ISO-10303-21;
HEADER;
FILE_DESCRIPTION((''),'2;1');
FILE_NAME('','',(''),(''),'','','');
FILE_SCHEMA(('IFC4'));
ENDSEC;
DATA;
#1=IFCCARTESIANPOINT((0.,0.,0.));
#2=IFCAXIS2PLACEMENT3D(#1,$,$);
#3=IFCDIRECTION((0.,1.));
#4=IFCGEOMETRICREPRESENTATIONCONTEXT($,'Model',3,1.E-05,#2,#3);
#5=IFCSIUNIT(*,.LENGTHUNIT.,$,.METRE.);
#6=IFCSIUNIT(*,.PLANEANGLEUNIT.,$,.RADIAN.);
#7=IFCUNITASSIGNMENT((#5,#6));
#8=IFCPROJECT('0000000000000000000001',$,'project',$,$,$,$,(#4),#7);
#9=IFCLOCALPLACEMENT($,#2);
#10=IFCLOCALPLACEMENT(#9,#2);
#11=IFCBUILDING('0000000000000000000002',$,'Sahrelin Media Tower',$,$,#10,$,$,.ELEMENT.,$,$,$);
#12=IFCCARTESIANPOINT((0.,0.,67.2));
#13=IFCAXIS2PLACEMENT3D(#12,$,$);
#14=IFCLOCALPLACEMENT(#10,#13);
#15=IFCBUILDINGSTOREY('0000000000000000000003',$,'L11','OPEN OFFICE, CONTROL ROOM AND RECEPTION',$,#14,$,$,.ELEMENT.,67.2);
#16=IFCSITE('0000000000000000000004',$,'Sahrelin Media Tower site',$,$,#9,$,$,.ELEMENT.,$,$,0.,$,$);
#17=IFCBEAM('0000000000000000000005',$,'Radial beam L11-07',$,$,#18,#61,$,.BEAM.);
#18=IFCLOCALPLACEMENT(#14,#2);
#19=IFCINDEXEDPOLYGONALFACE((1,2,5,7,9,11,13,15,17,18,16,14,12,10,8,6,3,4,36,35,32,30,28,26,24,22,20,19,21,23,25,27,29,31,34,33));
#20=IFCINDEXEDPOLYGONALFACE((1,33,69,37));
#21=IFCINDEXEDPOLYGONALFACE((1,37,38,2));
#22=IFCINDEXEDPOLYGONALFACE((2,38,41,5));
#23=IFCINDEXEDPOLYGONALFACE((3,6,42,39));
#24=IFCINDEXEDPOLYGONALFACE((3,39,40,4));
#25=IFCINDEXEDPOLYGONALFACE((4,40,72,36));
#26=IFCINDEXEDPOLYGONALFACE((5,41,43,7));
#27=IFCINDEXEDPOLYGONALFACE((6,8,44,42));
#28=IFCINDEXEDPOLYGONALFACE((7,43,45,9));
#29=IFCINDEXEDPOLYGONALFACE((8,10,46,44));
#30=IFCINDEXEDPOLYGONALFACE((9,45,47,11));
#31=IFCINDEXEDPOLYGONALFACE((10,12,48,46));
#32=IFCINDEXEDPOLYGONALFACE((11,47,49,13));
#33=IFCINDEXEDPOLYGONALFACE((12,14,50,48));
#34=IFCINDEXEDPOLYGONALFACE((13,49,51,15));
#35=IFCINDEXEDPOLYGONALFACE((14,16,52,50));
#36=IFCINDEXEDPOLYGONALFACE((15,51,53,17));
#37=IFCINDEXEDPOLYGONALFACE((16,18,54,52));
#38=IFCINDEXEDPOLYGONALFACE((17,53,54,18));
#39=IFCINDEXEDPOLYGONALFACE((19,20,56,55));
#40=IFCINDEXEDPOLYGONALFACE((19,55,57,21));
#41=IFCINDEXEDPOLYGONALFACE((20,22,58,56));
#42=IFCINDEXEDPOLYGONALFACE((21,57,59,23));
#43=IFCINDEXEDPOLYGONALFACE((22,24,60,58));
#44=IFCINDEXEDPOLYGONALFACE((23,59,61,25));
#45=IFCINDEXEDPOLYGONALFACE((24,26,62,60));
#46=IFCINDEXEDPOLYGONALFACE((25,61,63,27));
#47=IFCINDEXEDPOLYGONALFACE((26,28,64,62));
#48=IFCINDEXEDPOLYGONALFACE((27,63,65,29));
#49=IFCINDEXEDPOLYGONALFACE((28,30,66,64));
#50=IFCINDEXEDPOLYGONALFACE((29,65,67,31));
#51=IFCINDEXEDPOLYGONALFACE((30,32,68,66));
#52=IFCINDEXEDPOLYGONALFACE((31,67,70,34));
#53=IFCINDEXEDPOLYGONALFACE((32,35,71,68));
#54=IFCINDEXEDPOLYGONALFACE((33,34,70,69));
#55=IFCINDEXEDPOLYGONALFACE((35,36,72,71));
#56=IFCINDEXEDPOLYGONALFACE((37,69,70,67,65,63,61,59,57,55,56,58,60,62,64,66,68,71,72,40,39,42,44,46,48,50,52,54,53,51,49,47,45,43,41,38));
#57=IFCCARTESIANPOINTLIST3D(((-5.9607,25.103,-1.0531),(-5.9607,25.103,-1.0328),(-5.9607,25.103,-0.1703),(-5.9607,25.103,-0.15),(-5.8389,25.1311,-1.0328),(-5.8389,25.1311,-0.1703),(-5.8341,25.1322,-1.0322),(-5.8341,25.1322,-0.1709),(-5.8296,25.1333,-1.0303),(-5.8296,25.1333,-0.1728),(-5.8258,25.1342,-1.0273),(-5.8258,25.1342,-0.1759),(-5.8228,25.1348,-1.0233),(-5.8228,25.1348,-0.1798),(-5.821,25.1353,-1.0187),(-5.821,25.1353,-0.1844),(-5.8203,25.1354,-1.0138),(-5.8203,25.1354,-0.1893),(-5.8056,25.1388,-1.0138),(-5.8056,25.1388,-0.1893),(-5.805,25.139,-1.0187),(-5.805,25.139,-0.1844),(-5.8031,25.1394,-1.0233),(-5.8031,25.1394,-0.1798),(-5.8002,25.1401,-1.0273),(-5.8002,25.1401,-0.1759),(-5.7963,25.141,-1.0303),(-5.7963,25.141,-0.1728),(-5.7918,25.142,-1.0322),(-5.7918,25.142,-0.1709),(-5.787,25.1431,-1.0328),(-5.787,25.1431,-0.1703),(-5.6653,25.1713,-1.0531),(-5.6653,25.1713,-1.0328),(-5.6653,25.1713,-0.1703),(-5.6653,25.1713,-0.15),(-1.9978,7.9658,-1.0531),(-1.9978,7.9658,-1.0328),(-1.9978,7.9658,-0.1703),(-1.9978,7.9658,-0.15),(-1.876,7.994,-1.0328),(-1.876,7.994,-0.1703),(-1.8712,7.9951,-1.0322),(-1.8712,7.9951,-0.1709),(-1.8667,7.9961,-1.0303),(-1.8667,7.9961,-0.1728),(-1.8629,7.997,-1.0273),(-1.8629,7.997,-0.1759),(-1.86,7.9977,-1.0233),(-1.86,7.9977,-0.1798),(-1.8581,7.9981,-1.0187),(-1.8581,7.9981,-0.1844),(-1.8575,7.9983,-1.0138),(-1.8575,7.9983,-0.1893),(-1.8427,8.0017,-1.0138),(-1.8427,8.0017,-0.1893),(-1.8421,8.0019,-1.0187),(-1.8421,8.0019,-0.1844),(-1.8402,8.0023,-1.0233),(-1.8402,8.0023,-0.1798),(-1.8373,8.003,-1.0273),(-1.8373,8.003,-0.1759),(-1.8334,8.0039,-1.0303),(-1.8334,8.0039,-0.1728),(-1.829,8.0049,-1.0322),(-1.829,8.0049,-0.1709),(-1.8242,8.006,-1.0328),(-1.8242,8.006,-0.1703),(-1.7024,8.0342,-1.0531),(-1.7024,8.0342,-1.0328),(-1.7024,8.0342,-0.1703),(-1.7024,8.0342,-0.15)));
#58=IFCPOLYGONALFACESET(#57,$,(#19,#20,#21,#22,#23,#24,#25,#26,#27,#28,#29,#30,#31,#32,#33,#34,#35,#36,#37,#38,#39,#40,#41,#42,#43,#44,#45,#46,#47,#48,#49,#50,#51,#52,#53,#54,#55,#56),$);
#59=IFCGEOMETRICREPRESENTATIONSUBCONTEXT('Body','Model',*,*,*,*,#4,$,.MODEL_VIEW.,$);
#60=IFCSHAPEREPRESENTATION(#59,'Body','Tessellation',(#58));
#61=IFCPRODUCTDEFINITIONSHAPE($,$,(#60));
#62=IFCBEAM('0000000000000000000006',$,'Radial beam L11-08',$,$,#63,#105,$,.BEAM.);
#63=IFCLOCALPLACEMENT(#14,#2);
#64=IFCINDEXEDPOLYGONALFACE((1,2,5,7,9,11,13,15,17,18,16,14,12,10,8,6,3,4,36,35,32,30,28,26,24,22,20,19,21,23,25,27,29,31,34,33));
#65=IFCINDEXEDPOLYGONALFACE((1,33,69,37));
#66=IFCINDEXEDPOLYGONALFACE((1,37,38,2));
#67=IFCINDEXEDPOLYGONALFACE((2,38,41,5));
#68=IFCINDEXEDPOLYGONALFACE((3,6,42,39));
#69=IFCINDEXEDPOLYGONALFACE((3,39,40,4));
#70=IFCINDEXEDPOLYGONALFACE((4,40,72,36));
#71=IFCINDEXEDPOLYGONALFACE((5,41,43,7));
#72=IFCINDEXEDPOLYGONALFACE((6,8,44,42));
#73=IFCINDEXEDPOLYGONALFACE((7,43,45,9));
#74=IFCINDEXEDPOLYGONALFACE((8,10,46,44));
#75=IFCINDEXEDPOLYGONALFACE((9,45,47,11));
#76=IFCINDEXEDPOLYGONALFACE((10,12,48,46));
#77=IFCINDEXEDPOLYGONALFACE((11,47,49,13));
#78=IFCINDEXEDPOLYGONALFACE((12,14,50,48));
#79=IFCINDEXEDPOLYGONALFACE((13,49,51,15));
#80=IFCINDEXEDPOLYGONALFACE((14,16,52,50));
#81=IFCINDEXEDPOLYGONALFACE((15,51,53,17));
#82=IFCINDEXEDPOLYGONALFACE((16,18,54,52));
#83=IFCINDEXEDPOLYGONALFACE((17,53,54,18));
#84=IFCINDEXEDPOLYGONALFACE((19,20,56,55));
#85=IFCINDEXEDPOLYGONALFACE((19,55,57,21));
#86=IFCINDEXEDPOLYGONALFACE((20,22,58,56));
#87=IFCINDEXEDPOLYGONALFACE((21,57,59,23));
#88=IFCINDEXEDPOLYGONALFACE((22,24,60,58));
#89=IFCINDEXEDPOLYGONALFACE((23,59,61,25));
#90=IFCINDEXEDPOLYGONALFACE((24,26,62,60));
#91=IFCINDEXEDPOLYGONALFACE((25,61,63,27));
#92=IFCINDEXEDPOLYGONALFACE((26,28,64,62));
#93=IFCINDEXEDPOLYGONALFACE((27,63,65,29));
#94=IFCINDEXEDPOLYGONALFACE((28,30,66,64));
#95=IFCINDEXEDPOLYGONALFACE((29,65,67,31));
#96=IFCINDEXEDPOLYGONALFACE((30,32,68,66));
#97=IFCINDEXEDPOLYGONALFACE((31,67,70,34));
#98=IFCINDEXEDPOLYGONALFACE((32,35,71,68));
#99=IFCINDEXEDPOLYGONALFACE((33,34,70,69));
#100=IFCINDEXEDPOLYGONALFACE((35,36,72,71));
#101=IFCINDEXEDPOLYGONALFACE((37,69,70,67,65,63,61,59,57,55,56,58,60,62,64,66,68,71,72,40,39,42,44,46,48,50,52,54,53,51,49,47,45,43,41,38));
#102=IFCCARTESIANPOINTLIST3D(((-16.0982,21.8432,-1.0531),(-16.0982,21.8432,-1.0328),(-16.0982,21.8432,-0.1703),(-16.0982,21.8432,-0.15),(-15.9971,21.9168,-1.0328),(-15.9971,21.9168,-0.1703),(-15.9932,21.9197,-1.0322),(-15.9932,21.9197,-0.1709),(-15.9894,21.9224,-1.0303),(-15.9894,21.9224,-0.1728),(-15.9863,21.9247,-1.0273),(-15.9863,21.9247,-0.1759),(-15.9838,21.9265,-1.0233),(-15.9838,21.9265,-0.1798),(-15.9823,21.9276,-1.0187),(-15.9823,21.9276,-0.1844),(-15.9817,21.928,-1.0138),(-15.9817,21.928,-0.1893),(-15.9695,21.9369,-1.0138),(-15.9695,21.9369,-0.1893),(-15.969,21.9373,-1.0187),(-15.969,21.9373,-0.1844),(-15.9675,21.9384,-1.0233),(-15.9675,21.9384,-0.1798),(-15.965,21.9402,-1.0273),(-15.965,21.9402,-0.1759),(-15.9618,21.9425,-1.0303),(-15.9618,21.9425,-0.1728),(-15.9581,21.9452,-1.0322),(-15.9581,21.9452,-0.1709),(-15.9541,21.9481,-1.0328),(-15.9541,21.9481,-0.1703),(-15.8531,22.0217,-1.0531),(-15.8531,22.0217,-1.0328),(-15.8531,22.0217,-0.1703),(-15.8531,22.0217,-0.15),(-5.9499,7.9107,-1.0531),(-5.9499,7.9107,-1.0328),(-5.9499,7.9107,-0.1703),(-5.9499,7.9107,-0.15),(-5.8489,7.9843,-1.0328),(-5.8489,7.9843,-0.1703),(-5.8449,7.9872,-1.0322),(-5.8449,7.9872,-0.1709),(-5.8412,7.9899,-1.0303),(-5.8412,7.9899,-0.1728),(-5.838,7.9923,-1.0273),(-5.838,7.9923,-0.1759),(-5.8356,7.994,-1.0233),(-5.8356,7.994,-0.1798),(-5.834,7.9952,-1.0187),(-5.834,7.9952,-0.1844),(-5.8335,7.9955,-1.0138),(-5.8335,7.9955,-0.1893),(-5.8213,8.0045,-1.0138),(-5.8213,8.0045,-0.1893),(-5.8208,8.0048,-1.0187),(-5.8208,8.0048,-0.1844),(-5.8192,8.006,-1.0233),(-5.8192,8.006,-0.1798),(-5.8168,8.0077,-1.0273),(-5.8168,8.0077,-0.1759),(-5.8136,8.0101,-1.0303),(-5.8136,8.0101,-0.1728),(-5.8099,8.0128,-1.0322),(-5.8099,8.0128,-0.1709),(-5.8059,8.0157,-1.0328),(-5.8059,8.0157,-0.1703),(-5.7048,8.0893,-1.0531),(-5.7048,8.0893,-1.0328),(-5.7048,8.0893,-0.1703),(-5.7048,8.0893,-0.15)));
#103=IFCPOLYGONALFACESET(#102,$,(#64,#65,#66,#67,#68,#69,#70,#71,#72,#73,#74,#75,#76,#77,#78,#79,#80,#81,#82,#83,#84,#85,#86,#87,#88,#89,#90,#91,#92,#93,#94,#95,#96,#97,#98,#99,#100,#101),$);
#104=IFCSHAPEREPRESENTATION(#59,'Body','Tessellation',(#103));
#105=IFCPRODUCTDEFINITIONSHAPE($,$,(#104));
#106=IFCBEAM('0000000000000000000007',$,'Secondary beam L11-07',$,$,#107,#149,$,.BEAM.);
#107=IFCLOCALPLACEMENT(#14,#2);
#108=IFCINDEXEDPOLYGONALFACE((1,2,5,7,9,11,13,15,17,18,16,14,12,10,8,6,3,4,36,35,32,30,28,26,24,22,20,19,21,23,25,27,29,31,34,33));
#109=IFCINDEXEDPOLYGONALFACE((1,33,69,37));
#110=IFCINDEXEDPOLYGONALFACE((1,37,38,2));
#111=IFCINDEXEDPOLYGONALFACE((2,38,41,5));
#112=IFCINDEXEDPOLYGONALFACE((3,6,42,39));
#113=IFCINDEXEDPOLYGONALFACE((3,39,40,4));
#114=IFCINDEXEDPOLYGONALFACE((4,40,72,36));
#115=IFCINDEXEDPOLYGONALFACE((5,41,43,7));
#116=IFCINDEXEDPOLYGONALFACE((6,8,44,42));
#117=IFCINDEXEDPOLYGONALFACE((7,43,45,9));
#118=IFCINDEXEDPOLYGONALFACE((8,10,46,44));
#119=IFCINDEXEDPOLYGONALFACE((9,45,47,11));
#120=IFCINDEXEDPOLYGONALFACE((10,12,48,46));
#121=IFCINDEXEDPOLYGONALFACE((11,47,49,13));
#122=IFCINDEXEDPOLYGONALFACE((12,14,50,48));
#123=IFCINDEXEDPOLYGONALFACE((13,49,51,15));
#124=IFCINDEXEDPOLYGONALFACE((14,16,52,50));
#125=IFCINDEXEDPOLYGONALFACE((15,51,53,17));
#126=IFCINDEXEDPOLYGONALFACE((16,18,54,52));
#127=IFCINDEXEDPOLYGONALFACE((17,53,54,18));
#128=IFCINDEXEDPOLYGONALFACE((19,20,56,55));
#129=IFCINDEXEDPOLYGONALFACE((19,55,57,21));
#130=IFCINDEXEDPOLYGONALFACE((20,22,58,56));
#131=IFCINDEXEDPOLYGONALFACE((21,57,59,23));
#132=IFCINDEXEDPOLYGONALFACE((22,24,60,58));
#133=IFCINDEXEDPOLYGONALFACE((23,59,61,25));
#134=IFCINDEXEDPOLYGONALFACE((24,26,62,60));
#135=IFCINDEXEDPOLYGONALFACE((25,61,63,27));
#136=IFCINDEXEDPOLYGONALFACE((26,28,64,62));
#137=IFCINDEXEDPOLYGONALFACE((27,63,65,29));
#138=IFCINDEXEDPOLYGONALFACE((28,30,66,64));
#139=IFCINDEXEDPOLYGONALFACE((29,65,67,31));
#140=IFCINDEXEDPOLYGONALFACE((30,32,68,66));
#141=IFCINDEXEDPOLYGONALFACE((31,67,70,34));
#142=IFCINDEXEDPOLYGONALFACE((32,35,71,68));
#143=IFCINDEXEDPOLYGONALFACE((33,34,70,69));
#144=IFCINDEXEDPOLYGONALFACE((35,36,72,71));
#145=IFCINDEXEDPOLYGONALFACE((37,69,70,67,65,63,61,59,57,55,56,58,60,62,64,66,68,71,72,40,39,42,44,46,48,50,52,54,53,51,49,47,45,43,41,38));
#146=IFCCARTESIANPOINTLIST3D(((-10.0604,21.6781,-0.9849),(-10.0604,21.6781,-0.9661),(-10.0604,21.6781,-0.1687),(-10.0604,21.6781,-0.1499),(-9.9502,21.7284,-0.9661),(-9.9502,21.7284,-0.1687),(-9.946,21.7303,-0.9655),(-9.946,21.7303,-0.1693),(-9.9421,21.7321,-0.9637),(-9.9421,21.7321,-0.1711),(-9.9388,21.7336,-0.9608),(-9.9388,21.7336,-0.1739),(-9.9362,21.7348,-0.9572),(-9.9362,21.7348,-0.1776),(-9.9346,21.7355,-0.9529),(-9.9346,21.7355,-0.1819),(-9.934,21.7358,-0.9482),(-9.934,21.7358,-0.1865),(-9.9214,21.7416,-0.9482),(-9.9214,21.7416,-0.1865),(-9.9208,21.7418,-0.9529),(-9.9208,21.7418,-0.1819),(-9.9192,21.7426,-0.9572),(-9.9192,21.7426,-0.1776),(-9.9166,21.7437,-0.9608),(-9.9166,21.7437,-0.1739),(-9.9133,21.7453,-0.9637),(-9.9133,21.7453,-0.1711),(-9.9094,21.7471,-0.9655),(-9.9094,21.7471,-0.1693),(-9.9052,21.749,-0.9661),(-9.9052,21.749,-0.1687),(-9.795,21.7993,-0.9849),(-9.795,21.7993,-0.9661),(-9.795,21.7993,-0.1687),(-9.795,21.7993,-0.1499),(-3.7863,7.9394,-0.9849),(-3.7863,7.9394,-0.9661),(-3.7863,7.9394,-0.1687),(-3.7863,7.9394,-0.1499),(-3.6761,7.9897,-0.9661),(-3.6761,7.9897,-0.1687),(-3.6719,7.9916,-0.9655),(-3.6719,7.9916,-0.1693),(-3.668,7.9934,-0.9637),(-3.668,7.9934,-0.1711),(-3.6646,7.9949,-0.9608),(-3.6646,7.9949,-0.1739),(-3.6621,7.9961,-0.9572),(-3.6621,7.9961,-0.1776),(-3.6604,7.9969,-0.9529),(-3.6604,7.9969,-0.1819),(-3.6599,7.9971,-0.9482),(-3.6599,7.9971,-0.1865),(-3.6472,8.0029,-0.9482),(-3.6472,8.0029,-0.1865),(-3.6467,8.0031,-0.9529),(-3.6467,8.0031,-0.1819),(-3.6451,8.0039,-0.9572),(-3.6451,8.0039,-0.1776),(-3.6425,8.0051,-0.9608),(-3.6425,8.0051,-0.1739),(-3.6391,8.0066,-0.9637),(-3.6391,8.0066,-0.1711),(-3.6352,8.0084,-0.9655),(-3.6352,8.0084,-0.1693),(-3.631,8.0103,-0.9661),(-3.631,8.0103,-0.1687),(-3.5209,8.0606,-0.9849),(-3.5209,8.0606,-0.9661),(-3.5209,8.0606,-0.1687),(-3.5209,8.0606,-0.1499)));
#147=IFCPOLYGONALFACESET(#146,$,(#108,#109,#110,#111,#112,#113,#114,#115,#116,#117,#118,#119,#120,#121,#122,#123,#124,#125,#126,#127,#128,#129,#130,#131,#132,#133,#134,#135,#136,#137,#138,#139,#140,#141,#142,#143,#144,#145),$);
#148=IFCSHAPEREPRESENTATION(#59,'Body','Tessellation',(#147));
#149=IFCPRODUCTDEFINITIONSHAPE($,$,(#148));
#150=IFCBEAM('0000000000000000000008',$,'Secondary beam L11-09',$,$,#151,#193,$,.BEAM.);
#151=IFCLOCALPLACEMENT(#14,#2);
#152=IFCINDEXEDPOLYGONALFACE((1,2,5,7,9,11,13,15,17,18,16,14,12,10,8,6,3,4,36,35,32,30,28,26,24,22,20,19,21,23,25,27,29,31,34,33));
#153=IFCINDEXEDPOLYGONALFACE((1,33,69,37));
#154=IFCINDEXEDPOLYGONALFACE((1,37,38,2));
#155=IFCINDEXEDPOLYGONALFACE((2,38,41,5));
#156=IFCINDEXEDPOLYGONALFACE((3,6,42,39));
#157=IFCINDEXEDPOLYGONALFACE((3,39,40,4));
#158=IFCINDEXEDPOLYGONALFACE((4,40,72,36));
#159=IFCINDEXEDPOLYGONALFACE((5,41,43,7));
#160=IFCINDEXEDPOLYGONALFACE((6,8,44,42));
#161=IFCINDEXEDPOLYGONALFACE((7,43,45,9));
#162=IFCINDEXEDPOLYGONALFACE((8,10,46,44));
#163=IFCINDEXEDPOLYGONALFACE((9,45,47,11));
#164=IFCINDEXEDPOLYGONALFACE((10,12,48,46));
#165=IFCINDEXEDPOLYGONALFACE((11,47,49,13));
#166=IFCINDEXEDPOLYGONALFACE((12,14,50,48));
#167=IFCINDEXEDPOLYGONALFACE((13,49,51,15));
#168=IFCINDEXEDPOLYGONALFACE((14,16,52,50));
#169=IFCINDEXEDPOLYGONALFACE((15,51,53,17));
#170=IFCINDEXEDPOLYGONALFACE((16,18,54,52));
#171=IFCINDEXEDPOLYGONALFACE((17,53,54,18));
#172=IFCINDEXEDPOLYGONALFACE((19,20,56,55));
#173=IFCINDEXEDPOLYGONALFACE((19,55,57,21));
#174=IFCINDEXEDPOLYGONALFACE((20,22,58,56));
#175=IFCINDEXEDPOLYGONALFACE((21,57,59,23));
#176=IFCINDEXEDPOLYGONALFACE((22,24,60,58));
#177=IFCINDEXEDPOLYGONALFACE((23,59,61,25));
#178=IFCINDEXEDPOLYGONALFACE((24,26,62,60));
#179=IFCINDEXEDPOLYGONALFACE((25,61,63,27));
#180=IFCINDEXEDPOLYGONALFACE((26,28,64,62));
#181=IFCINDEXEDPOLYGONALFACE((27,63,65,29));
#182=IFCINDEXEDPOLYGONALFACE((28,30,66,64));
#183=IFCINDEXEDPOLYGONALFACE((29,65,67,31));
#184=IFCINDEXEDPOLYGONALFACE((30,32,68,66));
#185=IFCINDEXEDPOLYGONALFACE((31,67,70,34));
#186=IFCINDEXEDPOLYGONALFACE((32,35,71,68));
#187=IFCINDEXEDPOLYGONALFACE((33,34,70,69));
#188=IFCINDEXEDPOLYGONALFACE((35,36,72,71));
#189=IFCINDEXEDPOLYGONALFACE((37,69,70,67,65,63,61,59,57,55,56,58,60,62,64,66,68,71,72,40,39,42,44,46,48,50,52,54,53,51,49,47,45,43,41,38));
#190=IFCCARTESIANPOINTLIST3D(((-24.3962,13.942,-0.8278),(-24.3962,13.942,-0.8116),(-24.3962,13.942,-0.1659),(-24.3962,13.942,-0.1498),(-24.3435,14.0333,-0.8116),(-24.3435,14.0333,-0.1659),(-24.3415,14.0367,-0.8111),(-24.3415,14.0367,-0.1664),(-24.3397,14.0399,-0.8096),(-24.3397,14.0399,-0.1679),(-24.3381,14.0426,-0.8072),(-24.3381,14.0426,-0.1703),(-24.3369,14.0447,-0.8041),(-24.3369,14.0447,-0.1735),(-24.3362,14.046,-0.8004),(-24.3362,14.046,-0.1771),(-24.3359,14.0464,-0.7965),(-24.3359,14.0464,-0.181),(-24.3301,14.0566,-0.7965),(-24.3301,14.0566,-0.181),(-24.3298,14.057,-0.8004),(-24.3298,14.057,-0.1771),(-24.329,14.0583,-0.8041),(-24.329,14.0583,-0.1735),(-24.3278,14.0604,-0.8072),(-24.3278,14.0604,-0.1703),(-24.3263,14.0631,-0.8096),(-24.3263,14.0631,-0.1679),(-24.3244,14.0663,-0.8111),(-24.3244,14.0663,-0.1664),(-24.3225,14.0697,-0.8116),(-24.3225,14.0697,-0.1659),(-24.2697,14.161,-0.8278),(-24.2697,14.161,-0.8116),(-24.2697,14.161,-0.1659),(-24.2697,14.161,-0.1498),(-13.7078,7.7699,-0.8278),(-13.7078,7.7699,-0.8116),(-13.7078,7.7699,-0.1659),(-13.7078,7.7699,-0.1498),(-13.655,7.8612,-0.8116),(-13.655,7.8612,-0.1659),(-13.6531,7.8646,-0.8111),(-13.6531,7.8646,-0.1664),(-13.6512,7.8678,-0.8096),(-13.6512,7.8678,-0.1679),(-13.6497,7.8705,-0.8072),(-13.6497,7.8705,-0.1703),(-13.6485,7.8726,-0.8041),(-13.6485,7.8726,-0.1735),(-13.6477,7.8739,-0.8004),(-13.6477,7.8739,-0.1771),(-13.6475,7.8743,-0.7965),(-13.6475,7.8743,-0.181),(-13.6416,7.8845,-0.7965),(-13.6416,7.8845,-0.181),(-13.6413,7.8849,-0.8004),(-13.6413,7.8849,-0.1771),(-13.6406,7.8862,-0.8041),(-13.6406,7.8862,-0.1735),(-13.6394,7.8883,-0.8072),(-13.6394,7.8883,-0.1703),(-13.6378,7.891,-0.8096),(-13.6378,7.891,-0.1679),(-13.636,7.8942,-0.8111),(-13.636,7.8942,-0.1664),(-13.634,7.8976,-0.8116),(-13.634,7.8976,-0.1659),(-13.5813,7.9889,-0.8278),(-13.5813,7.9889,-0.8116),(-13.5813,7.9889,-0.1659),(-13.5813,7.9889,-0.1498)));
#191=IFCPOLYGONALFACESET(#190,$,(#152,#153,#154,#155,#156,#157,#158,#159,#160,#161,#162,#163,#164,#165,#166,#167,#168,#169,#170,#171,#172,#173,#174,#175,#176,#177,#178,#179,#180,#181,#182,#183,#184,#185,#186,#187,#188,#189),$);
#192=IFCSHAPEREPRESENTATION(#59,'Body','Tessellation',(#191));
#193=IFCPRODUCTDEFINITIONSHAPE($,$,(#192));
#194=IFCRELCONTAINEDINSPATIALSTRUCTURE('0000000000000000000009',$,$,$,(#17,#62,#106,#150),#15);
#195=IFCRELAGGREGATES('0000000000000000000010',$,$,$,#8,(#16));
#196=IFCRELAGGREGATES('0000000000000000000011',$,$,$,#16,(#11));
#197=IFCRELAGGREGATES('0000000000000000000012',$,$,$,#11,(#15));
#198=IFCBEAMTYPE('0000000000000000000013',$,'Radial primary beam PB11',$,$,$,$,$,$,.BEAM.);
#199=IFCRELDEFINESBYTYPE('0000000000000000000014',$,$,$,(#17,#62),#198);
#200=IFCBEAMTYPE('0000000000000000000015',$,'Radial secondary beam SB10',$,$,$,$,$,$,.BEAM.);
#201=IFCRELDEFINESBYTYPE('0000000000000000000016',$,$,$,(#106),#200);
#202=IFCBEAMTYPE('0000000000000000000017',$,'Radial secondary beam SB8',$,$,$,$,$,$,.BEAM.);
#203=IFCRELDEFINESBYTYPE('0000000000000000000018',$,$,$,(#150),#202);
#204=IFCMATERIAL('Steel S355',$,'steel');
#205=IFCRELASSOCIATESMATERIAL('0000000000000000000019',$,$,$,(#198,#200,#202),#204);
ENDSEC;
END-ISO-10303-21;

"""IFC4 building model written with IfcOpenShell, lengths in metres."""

from ifc_helpers import new_model, si_unit, direction, frame, origin, origin_2d, place, context, subcontext, project, spatial, i_section, extrude, material, material_profile, profile_set, type_object, element, save


model = new_model("IFC4")

# Units and contexts
model_context = context("Model", 3, precision=1e-05, world=origin(), true_north=direction((0.0, 1.0)))
body_context = subcontext(model_context, "Body", "Model", "MODEL_VIEW")
ifc_project = project(units=[si_unit("LENGTHUNIT", "METRE"), si_unit("PLANEANGLEUNIT", "RADIAN")], contexts=[model_context])

# Site, building, storey
site_placement = place(None, origin())
site = spatial("IfcSite", under=ifc_project, at=site_placement, Name="Sahrelin Media Tower site", CompositionType="ELEMENT", RefElevation=0.0)
building_placement = place(site_placement, origin())
building = spatial("IfcBuilding", under=site, at=building_placement, Name="Sahrelin Media Tower", CompositionType="ELEMENT")
storey_placement = place(building_placement, frame((0.0, 0.0, 67.2)))
storey = spatial("IfcBuildingStorey", under=building, at=storey_placement, Name="L11", Description="OPEN OFFICE, CONTROL ROOM AND RECEPTION", CompositionType="ELEMENT", Elevation=67.2)

# Shared definitions
ifc_material_1 = material(Name="Steel S355", Category="steel")

# Beams
ifc_material_profile_1 = material_profile(ifc_material_1, i_section(OverallWidth=0.3032, OverallDepth=0.9031, WebThickness=0.0151, FlangeThickness=0.0203, FilletRadius=0.019, at=origin_2d()), Name="UB 914x305x201")
ifc_profile_set_1 = profile_set([ifc_material_profile_1], Name="Steel S355")
beam_type_1 = type_object("IfcBeamType", Name="Radial primary beam PB11", PredefinedType="BEAM", material=ifc_profile_set_1)
beam_1_placement = place(storey_placement, frame((-1.8501, 8.0, -0.6016), z_axis=(-0.225299, 0.97429, 0.0), x_axis=(-0.97429, -0.225299, 0.0)))
element("IfcBeam", 1, at=beam_1_placement, inside=storey, type_object=beam_type_1, Name="Radial beam L11-07", PredefinedType="BEAM", context=body_context, shape_type="SweptSolid", body=[
    extrude(i_section(OverallWidth=0.3032, OverallDepth=0.9031, WebThickness=0.0151, FlangeThickness=0.0203, FilletRadius=0.019, at=origin_2d()), origin(), (0.0, 0.0, 1.0), 17.5894),
])
beam_2_placement = place(storey_placement, frame((-5.8274, 8.0, -0.6016), z_axis=(-0.588762, 0.808307, 0.0), x_axis=(-0.808307, -0.588762, 0.0)))
element("IfcBeam", 2, at=beam_2_placement, inside=storey, type_object=beam_type_1, Name="Radial beam L11-08", PredefinedType="BEAM", context=body_context, shape_type="SweptSolid", body=[
    extrude(i_section(OverallWidth=0.3032, OverallDepth=0.9031, WebThickness=0.0151, FlangeThickness=0.0203, FilletRadius=0.019, at=origin_2d()), origin(), (0.0, 0.0, 1.0), 17.2366),
])
ifc_material_profile_2 = material_profile(ifc_material_1, i_section(OverallWidth=0.2917, OverallDepth=0.835, WebThickness=0.0139, FlangeThickness=0.0188, FilletRadius=0.0178, at=origin_2d()), Name="UB 838x292x176")
ifc_profile_set_2 = profile_set([ifc_material_profile_2], Name="Steel S355")
beam_type_2 = type_object("IfcBeamType", Name="Radial secondary beam SB10", PredefinedType="BEAM", material=ifc_profile_set_2)
beam_3_placement = place(storey_placement, frame((-3.6536, 8.0, -0.5674), z_axis=(-0.415409, 0.909635, 0.0), x_axis=(-0.909635, -0.415409, 0.0)))
element("IfcBeam", 3, at=beam_3_placement, inside=storey, type_object=beam_type_2, Name="Secondary beam L11-07", PredefinedType="BEAM", context=body_context, shape_type="SweptSolid", body=[
    extrude(i_section(OverallWidth=0.2917, OverallDepth=0.835, WebThickness=0.0139, FlangeThickness=0.0188, FilletRadius=0.0178, at=origin_2d()), origin(), (0.0, 0.0, 1.0), 15.1035),
])
ifc_material_profile_3 = material_profile(ifc_material_1, i_section(OverallWidth=0.2529, OverallDepth=0.678, WebThickness=0.0117, FlangeThickness=0.0161, FilletRadius=0.0151, at=origin_2d()), Name="UB 686x254x125")
ifc_profile_set_3 = profile_set([ifc_material_profile_3], Name="Steel S355")
beam_type_3 = type_object("IfcBeamType", Name="Radial secondary beam SB8", PredefinedType="BEAM", material=ifc_profile_set_3)
beam_4_placement = place(storey_placement, frame((-13.6445, 7.8794, -0.4888), z_axis=(-0.865986, 0.500068, 0.0), x_axis=(-0.500068, -0.865986, 0.0)))
element("IfcBeam", 4, at=beam_4_placement, inside=storey, type_object=beam_type_3, Name="Secondary beam L11-09", PredefinedType="BEAM", context=body_context, shape_type="SweptSolid", body=[
    extrude(i_section(OverallWidth=0.2529, OverallDepth=0.678, WebThickness=0.0117, FlangeThickness=0.0161, FilletRadius=0.0151, at=origin_2d()), origin(), (0.0, 0.0, 1.0), 12.3425),
])

save(model, "model.ifc")
